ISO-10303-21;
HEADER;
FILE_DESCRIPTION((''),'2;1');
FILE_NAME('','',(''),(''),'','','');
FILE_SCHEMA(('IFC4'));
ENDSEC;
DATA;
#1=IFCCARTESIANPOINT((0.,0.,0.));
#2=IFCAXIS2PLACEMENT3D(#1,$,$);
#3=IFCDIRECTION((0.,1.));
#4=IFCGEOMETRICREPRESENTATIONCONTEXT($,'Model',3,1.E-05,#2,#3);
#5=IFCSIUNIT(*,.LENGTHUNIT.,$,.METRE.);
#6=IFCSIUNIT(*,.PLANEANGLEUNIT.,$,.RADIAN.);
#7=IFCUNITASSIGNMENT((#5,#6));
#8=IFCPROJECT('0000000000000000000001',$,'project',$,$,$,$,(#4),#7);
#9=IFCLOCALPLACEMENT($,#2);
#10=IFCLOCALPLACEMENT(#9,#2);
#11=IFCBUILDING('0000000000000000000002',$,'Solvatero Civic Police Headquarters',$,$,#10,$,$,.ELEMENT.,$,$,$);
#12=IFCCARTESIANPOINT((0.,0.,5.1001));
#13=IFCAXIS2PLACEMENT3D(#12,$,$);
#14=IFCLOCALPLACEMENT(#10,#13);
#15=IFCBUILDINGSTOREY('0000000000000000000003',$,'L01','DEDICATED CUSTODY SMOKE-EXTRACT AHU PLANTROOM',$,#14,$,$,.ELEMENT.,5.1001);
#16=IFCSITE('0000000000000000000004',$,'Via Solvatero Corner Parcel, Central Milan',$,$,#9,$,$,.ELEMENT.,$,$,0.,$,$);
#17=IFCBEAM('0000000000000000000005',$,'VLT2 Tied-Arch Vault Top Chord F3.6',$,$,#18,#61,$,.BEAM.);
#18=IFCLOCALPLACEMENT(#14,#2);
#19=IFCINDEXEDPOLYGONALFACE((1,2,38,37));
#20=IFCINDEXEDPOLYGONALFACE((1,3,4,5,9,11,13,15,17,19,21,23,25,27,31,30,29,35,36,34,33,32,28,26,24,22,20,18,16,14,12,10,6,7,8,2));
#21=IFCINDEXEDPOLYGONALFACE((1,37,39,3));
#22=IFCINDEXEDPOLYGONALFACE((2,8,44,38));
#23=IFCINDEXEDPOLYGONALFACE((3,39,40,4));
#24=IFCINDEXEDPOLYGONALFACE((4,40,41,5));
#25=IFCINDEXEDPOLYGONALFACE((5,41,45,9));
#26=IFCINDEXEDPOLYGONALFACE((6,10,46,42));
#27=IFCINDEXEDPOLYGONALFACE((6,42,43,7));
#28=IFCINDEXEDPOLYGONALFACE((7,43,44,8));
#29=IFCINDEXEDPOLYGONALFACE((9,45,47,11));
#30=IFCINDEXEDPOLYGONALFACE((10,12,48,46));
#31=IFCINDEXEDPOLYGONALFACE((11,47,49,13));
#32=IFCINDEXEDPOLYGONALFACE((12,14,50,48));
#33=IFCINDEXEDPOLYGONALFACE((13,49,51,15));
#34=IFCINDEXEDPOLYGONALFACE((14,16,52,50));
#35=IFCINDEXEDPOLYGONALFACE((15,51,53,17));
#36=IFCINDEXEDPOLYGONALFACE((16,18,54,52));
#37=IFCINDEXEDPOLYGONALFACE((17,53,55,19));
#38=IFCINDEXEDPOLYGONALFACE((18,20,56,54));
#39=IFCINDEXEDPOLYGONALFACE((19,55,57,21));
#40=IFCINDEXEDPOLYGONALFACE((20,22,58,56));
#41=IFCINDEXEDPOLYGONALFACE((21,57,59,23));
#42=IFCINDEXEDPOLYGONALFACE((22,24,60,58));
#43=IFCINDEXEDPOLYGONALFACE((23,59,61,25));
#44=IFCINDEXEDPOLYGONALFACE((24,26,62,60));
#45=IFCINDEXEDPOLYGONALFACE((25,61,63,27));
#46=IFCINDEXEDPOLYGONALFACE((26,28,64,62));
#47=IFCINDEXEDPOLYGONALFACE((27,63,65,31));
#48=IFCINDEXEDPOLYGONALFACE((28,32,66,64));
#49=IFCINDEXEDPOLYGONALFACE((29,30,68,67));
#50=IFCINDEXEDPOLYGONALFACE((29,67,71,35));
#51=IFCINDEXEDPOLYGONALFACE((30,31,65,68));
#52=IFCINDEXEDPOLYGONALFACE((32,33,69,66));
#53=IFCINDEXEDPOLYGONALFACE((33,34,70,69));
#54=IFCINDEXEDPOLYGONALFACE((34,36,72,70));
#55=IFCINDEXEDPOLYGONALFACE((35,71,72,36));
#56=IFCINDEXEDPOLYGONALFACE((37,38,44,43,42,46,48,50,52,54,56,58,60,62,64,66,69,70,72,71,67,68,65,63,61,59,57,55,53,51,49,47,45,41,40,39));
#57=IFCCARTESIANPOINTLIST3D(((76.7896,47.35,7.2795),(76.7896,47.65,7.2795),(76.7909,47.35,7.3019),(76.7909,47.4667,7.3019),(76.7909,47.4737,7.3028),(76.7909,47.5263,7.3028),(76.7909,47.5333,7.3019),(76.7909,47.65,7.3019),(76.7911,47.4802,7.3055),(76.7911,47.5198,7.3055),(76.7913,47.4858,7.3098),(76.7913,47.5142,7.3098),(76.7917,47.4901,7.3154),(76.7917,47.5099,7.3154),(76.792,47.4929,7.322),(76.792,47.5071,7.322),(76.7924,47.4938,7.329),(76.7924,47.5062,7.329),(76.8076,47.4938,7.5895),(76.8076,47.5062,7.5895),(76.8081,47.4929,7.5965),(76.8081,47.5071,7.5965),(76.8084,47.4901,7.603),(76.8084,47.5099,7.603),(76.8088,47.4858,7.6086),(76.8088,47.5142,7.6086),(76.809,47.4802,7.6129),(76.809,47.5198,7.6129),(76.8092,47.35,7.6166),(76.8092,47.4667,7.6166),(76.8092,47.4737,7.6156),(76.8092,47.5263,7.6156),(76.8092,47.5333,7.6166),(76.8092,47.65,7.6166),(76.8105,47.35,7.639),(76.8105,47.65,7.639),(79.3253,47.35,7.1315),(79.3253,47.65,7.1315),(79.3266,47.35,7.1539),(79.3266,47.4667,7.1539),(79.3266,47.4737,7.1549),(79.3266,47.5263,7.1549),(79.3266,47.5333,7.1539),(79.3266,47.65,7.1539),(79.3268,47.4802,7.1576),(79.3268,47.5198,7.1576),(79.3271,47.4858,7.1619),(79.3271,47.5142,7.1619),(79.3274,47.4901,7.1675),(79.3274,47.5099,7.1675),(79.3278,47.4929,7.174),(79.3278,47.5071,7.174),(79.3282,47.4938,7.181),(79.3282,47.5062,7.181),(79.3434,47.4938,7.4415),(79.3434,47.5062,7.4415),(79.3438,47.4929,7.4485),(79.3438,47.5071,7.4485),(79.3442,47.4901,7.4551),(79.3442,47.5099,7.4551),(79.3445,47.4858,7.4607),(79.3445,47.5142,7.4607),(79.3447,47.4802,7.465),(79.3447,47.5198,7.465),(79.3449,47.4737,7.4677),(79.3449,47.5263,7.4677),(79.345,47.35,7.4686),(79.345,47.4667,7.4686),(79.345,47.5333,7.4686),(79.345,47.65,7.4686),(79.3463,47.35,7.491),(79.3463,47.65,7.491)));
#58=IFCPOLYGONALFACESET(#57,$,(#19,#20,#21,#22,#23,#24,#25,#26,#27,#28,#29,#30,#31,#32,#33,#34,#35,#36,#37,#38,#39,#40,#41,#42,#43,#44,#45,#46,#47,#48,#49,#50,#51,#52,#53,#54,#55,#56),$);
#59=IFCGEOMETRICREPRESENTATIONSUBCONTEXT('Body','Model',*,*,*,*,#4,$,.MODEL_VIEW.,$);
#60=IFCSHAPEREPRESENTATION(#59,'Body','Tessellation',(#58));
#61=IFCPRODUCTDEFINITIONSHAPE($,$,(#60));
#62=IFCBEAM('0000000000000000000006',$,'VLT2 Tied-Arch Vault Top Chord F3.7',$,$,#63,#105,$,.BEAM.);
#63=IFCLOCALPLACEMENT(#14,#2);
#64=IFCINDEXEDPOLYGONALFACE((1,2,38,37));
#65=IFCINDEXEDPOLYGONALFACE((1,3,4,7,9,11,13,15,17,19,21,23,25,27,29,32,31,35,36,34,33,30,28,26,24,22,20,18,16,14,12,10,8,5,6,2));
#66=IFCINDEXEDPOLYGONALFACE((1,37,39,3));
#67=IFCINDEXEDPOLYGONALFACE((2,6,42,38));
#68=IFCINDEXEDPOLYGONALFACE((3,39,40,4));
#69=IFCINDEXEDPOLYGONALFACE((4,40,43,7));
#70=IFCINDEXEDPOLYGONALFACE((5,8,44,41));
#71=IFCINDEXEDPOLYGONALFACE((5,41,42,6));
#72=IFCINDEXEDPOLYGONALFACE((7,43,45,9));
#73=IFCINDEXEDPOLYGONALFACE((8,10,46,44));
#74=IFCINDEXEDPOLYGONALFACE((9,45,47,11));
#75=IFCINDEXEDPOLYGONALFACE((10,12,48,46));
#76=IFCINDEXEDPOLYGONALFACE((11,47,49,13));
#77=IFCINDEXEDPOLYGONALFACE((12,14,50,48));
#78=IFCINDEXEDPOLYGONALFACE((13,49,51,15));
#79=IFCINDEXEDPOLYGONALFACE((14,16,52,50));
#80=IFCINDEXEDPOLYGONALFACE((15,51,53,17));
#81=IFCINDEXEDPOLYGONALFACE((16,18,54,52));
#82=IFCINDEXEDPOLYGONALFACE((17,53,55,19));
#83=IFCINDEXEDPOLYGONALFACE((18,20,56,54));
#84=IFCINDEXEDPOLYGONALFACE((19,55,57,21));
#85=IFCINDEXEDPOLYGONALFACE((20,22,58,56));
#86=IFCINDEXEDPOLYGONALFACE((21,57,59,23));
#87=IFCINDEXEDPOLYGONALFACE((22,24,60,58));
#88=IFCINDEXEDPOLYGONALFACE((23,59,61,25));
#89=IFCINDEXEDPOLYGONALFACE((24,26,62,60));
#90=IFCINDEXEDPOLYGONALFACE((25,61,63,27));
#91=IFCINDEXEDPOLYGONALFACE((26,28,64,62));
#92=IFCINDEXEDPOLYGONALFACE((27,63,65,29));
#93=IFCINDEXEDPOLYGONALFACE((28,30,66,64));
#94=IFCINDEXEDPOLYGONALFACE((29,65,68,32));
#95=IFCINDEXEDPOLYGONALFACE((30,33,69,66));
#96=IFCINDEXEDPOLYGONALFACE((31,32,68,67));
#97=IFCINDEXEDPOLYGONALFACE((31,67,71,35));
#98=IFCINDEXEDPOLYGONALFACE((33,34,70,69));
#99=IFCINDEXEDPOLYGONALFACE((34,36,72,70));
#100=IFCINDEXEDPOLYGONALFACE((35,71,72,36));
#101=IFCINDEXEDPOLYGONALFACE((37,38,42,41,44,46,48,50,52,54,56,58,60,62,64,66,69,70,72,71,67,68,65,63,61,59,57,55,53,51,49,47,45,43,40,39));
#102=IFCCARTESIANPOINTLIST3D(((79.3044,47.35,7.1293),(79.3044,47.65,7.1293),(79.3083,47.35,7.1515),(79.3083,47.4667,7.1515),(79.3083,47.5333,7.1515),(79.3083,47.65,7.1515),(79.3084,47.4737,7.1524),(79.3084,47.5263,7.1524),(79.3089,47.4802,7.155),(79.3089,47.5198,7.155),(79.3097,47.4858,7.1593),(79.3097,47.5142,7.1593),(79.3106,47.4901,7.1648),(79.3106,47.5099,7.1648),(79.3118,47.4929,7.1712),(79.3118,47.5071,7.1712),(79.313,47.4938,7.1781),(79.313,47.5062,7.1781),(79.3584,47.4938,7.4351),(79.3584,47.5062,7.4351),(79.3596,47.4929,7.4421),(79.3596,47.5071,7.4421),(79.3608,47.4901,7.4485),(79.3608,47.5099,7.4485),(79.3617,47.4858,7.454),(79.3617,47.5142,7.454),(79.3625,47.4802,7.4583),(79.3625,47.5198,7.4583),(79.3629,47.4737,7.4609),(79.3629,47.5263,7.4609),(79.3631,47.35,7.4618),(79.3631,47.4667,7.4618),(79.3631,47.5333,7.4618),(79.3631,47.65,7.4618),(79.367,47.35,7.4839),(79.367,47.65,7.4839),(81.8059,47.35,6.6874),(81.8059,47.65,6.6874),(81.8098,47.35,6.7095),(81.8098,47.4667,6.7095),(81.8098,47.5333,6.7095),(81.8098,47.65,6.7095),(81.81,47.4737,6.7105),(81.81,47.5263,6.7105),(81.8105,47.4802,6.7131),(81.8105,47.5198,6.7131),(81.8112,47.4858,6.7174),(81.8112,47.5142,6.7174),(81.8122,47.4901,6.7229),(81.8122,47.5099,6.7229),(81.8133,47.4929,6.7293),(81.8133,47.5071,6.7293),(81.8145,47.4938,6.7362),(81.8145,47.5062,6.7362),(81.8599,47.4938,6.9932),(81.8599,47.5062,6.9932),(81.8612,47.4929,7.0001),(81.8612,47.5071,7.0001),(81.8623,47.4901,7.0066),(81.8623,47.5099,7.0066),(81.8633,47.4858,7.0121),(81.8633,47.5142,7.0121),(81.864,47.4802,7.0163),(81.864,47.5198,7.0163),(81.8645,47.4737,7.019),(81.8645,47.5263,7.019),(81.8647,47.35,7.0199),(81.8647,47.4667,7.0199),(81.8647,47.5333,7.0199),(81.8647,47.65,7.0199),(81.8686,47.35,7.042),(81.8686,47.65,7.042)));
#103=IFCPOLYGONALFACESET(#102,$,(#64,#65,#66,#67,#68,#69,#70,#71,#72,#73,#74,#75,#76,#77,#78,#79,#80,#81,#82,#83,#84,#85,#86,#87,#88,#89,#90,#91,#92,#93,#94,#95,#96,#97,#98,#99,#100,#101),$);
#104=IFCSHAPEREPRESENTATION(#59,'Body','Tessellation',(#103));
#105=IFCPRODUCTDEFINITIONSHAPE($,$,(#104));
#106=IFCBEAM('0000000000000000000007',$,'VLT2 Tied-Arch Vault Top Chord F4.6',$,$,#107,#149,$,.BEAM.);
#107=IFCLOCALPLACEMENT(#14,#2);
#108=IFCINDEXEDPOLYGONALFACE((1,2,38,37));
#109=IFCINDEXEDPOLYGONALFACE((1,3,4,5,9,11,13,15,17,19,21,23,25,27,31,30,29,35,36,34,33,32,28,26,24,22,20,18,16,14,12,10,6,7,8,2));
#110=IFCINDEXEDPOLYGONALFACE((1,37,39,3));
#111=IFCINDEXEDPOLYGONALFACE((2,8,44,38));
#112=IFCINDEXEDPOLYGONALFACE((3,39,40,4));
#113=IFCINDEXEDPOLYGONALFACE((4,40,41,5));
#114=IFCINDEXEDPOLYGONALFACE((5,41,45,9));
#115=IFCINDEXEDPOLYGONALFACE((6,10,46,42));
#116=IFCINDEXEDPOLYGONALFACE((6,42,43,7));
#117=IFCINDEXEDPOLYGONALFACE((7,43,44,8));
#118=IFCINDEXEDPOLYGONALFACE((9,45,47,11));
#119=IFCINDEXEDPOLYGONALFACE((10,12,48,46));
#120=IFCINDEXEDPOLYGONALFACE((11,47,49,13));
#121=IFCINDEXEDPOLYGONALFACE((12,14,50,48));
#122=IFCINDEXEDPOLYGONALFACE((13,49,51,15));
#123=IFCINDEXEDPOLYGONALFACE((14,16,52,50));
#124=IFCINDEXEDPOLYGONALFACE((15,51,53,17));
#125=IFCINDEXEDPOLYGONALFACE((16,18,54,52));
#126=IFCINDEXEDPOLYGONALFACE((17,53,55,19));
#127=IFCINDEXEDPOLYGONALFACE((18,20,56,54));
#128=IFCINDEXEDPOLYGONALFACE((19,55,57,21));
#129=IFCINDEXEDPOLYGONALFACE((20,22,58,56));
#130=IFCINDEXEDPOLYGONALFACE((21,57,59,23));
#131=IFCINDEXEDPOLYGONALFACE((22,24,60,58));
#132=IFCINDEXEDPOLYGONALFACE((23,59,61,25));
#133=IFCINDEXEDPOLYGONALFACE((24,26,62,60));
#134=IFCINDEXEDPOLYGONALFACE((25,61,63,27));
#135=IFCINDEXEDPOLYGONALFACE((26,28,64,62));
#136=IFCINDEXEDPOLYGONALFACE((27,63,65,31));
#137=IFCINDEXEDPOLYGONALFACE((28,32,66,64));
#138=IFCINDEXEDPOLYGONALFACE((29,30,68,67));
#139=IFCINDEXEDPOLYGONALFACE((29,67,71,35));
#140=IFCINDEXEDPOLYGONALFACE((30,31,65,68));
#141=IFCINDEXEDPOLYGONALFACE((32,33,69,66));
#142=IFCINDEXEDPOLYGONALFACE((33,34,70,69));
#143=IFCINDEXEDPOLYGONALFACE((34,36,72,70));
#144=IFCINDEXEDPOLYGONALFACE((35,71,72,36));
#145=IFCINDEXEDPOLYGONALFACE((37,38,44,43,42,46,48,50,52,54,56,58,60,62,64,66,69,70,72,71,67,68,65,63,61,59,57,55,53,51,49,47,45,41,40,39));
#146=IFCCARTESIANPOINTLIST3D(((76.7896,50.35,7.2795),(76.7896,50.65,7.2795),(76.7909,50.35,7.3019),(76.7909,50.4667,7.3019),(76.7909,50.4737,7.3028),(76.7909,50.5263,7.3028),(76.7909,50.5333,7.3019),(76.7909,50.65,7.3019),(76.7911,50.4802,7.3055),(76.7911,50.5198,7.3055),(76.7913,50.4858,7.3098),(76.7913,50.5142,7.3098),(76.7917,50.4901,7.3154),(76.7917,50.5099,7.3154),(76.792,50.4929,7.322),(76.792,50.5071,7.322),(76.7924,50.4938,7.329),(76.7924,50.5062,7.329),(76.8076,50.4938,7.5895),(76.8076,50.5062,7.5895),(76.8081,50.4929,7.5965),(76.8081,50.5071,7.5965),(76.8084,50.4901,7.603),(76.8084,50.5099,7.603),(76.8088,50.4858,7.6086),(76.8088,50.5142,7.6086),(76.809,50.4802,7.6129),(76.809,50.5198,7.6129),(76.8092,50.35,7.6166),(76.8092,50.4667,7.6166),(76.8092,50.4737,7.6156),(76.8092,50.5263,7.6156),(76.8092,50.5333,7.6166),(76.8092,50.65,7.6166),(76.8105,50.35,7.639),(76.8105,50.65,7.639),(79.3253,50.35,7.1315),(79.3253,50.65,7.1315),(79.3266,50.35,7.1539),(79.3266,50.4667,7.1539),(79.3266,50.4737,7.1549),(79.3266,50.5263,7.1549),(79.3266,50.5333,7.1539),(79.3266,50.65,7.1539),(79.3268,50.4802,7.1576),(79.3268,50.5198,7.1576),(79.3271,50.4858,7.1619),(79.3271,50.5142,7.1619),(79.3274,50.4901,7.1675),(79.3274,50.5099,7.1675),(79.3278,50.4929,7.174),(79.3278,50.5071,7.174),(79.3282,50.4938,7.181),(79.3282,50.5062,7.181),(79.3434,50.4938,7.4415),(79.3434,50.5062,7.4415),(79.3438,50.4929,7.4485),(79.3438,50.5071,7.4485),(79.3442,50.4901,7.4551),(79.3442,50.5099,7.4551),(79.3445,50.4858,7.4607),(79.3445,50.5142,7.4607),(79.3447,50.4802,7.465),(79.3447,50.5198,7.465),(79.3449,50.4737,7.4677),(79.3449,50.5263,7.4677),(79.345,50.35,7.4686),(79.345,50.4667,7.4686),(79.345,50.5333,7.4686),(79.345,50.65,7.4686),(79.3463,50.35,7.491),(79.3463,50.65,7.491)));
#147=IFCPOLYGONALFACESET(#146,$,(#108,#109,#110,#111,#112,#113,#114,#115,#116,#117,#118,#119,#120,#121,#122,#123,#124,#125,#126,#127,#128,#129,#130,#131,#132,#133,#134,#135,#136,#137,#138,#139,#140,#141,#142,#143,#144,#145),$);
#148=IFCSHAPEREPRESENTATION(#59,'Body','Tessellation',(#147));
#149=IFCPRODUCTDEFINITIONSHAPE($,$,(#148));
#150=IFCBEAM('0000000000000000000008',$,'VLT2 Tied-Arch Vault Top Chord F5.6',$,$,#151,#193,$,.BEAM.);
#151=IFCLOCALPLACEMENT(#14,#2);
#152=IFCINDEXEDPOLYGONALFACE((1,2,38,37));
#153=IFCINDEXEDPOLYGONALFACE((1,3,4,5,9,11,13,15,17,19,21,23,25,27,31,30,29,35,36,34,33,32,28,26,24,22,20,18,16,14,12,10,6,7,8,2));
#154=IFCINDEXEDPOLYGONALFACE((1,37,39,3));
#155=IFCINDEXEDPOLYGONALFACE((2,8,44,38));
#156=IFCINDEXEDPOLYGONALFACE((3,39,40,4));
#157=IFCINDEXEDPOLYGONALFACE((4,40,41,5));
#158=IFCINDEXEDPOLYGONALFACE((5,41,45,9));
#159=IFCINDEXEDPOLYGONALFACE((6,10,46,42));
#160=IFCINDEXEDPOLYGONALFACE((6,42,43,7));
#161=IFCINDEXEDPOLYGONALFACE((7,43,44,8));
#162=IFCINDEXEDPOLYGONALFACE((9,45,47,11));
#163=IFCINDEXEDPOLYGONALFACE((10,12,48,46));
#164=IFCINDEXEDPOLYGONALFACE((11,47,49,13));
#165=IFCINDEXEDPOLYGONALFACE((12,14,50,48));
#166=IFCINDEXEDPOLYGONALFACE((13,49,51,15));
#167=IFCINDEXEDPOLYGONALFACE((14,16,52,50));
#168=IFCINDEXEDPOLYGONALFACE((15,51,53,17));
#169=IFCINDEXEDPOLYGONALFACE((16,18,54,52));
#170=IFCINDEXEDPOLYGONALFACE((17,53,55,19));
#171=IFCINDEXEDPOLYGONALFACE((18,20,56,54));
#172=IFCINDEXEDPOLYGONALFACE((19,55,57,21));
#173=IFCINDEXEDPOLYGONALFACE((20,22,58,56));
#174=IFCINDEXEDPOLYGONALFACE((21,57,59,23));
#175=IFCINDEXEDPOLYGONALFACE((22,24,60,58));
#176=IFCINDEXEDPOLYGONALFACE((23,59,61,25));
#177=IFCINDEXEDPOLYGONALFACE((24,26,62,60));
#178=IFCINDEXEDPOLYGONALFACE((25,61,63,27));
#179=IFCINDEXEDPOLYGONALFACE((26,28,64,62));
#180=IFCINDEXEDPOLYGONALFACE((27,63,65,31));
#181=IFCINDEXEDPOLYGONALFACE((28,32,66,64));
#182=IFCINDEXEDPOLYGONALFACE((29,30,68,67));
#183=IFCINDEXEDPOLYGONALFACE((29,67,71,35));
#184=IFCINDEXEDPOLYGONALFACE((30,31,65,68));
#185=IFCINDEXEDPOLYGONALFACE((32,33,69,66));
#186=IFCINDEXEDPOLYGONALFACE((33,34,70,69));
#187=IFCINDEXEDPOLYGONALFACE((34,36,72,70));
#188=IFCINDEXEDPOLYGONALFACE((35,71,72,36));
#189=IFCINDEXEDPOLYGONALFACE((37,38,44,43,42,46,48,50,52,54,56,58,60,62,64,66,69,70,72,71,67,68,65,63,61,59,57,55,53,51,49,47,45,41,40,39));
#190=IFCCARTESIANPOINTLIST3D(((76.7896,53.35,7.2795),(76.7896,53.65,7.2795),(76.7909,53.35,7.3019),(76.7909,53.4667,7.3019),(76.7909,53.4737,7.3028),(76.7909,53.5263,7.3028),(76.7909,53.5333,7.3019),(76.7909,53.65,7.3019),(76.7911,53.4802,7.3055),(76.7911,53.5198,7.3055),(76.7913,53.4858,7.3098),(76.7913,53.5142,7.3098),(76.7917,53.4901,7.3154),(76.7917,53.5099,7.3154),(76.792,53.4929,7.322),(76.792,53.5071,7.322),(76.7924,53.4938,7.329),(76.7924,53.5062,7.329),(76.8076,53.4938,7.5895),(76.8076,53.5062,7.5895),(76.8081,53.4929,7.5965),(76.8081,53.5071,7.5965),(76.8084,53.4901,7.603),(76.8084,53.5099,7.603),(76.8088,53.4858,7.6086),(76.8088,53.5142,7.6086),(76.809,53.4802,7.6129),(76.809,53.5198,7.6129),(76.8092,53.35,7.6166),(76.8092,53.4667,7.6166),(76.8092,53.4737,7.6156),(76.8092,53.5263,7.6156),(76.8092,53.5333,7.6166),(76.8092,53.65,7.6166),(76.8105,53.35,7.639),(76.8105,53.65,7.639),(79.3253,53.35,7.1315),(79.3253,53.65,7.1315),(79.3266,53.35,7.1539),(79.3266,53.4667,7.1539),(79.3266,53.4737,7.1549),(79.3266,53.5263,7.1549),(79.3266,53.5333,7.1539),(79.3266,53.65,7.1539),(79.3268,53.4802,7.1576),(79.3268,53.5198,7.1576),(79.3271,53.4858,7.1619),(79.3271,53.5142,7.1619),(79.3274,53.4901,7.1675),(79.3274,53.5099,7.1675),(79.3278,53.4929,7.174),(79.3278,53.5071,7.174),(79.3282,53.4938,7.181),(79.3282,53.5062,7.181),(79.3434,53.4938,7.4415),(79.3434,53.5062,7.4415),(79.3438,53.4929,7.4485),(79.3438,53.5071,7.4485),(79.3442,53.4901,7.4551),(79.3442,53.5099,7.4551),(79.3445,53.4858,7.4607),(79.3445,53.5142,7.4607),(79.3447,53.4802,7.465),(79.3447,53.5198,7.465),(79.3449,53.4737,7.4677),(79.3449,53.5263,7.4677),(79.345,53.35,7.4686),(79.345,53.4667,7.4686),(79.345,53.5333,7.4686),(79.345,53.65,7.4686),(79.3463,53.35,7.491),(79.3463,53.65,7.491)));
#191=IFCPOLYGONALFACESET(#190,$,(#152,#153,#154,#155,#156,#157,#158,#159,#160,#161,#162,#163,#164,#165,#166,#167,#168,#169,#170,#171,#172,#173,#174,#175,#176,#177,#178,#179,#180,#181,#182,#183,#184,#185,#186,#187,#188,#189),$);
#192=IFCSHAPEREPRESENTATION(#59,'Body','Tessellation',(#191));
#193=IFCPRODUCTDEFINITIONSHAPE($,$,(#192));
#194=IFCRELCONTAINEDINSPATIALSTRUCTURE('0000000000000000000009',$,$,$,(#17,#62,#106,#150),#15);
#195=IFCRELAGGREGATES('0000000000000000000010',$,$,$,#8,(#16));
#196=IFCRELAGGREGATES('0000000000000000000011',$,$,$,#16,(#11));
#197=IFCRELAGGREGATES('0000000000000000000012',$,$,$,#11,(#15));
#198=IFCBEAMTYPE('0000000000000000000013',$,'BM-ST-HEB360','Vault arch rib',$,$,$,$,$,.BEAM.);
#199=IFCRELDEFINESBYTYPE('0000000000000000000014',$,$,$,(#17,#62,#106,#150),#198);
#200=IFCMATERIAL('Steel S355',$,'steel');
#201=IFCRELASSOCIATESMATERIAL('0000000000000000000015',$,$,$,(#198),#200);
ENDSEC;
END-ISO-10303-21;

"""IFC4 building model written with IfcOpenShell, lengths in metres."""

from ifc_helpers import new_model, si_unit, direction, frame, origin, origin_2d, place, context, subcontext, project, spatial, i_section, extrude, material, material_profile, profile_set, type_object, element, save


model = new_model("IFC4")

# Units and contexts
model_context = context("Model", 3, precision=1e-05, world=origin(), true_north=direction((0.0, 1.0)))
body_context = subcontext(model_context, "Body", "Model", "MODEL_VIEW")
ifc_project = project(units=[si_unit("LENGTHUNIT", "METRE"), si_unit("PLANEANGLEUNIT", "RADIAN")], contexts=[model_context])

# Site, building, storey
site_placement = place(None, origin())
site = spatial("IfcSite", under=ifc_project, at=site_placement, Name="Via Solvatero Corner Parcel, Central Milan", CompositionType="ELEMENT", RefElevation=0.0)
building_placement = place(site_placement, origin())
building = spatial("IfcBuilding", under=site, at=building_placement, Name="Solvatero Civic Police Headquarters", CompositionType="ELEMENT")
storey_placement = place(building_placement, frame((0.0, 0.0, 5.1001)))
storey = spatial("IfcBuildingStorey", under=building, at=storey_placement, Name="L01", Description="DEDICATED CUSTODY SMOKE-EXTRACT AHU PLANTROOM", CompositionType="ELEMENT", Elevation=5.1001)

# Beams
ifc_material = material(Name="Steel S355", Category="steel")
ifc_material_profile_1 = material_profile(ifc_material, i_section(OverallWidth=0.3, OverallDepth=0.3601, WebThickness=0.0125, FlangeThickness=0.0225, FilletRadius=0.0271, at=origin_2d()), Name="HEB 360")
ifc_profile_set_1 = profile_set([ifc_material_profile_1], Name="Steel S355")
beam_type_1 = type_object("IfcBeamType", Name="BM-ST-HEB360", Description="Vault arch rib", PredefinedType="BEAM", material=ifc_profile_set_1)
beam_1_placement = place(storey_placement, frame((76.8, 47.5, 7.4592), z_axis=(0.998302, 0.0, -0.058249), x_axis=(0.0, 1.0, 0.0)))
element("IfcBeam", 1, at=beam_1_placement, inside=storey, type_object=beam_type_1, Name="VLT2 Tied-Arch Vault Top Chord F3.6", PredefinedType="BEAM", context=body_context, shape_type="SweptSolid", body=[
    extrude(i_section(OverallWidth=0.3, OverallDepth=0.3601, WebThickness=0.0125, FlangeThickness=0.0225, FilletRadius=0.0271, at=origin_2d()), origin(), (0.0, 0.0, 1.0), 2.54),
])
beam_2_placement = place(storey_placement, frame((79.3357, 47.5, 7.3066), z_axis=(0.984753, 0.0, -0.173961), x_axis=(0.0, 1.0, 0.0)))
element("IfcBeam", 2, at=beam_2_placement, inside=storey, type_object=beam_type_1, Name="VLT2 Tied-Arch Vault Top Chord F3.7", PredefinedType="BEAM", context=body_context, shape_type="SweptSolid", body=[
    extrude(i_section(OverallWidth=0.3, OverallDepth=0.3601, WebThickness=0.0125, FlangeThickness=0.0225, FilletRadius=0.0271, at=origin_2d()), origin(), (0.0, 0.0, 1.0), 2.5403),
])
for number, where, z_axis, x_axis, name in (
    (3, (76.8, 50.5, 7.4592), (0.998302, 0.0, -0.058249), (0.0, 1.0, 0.0), "VLT2 Tied-Arch Vault Top Chord F4.6"),
    (4, (76.8, 53.5, 7.4592), (0.998302, 0.0, -0.058249), (0.0, 1.0, 0.0), "VLT2 Tied-Arch Vault Top Chord F5.6"),
):
    element("IfcBeam", number, at=place(storey_placement, frame(where, z_axis=z_axis, x_axis=x_axis)), inside=storey, type_object=beam_type_1, Name=name, PredefinedType="BEAM", context=body_context, shape_type="SweptSolid", body=[
        extrude(i_section(OverallWidth=0.3, OverallDepth=0.3601, WebThickness=0.0125, FlangeThickness=0.0225, FilletRadius=0.0271, at=origin_2d()), origin(), (0.0, 0.0, 1.0), 2.54),
    ])

save(model, "model.ifc")
